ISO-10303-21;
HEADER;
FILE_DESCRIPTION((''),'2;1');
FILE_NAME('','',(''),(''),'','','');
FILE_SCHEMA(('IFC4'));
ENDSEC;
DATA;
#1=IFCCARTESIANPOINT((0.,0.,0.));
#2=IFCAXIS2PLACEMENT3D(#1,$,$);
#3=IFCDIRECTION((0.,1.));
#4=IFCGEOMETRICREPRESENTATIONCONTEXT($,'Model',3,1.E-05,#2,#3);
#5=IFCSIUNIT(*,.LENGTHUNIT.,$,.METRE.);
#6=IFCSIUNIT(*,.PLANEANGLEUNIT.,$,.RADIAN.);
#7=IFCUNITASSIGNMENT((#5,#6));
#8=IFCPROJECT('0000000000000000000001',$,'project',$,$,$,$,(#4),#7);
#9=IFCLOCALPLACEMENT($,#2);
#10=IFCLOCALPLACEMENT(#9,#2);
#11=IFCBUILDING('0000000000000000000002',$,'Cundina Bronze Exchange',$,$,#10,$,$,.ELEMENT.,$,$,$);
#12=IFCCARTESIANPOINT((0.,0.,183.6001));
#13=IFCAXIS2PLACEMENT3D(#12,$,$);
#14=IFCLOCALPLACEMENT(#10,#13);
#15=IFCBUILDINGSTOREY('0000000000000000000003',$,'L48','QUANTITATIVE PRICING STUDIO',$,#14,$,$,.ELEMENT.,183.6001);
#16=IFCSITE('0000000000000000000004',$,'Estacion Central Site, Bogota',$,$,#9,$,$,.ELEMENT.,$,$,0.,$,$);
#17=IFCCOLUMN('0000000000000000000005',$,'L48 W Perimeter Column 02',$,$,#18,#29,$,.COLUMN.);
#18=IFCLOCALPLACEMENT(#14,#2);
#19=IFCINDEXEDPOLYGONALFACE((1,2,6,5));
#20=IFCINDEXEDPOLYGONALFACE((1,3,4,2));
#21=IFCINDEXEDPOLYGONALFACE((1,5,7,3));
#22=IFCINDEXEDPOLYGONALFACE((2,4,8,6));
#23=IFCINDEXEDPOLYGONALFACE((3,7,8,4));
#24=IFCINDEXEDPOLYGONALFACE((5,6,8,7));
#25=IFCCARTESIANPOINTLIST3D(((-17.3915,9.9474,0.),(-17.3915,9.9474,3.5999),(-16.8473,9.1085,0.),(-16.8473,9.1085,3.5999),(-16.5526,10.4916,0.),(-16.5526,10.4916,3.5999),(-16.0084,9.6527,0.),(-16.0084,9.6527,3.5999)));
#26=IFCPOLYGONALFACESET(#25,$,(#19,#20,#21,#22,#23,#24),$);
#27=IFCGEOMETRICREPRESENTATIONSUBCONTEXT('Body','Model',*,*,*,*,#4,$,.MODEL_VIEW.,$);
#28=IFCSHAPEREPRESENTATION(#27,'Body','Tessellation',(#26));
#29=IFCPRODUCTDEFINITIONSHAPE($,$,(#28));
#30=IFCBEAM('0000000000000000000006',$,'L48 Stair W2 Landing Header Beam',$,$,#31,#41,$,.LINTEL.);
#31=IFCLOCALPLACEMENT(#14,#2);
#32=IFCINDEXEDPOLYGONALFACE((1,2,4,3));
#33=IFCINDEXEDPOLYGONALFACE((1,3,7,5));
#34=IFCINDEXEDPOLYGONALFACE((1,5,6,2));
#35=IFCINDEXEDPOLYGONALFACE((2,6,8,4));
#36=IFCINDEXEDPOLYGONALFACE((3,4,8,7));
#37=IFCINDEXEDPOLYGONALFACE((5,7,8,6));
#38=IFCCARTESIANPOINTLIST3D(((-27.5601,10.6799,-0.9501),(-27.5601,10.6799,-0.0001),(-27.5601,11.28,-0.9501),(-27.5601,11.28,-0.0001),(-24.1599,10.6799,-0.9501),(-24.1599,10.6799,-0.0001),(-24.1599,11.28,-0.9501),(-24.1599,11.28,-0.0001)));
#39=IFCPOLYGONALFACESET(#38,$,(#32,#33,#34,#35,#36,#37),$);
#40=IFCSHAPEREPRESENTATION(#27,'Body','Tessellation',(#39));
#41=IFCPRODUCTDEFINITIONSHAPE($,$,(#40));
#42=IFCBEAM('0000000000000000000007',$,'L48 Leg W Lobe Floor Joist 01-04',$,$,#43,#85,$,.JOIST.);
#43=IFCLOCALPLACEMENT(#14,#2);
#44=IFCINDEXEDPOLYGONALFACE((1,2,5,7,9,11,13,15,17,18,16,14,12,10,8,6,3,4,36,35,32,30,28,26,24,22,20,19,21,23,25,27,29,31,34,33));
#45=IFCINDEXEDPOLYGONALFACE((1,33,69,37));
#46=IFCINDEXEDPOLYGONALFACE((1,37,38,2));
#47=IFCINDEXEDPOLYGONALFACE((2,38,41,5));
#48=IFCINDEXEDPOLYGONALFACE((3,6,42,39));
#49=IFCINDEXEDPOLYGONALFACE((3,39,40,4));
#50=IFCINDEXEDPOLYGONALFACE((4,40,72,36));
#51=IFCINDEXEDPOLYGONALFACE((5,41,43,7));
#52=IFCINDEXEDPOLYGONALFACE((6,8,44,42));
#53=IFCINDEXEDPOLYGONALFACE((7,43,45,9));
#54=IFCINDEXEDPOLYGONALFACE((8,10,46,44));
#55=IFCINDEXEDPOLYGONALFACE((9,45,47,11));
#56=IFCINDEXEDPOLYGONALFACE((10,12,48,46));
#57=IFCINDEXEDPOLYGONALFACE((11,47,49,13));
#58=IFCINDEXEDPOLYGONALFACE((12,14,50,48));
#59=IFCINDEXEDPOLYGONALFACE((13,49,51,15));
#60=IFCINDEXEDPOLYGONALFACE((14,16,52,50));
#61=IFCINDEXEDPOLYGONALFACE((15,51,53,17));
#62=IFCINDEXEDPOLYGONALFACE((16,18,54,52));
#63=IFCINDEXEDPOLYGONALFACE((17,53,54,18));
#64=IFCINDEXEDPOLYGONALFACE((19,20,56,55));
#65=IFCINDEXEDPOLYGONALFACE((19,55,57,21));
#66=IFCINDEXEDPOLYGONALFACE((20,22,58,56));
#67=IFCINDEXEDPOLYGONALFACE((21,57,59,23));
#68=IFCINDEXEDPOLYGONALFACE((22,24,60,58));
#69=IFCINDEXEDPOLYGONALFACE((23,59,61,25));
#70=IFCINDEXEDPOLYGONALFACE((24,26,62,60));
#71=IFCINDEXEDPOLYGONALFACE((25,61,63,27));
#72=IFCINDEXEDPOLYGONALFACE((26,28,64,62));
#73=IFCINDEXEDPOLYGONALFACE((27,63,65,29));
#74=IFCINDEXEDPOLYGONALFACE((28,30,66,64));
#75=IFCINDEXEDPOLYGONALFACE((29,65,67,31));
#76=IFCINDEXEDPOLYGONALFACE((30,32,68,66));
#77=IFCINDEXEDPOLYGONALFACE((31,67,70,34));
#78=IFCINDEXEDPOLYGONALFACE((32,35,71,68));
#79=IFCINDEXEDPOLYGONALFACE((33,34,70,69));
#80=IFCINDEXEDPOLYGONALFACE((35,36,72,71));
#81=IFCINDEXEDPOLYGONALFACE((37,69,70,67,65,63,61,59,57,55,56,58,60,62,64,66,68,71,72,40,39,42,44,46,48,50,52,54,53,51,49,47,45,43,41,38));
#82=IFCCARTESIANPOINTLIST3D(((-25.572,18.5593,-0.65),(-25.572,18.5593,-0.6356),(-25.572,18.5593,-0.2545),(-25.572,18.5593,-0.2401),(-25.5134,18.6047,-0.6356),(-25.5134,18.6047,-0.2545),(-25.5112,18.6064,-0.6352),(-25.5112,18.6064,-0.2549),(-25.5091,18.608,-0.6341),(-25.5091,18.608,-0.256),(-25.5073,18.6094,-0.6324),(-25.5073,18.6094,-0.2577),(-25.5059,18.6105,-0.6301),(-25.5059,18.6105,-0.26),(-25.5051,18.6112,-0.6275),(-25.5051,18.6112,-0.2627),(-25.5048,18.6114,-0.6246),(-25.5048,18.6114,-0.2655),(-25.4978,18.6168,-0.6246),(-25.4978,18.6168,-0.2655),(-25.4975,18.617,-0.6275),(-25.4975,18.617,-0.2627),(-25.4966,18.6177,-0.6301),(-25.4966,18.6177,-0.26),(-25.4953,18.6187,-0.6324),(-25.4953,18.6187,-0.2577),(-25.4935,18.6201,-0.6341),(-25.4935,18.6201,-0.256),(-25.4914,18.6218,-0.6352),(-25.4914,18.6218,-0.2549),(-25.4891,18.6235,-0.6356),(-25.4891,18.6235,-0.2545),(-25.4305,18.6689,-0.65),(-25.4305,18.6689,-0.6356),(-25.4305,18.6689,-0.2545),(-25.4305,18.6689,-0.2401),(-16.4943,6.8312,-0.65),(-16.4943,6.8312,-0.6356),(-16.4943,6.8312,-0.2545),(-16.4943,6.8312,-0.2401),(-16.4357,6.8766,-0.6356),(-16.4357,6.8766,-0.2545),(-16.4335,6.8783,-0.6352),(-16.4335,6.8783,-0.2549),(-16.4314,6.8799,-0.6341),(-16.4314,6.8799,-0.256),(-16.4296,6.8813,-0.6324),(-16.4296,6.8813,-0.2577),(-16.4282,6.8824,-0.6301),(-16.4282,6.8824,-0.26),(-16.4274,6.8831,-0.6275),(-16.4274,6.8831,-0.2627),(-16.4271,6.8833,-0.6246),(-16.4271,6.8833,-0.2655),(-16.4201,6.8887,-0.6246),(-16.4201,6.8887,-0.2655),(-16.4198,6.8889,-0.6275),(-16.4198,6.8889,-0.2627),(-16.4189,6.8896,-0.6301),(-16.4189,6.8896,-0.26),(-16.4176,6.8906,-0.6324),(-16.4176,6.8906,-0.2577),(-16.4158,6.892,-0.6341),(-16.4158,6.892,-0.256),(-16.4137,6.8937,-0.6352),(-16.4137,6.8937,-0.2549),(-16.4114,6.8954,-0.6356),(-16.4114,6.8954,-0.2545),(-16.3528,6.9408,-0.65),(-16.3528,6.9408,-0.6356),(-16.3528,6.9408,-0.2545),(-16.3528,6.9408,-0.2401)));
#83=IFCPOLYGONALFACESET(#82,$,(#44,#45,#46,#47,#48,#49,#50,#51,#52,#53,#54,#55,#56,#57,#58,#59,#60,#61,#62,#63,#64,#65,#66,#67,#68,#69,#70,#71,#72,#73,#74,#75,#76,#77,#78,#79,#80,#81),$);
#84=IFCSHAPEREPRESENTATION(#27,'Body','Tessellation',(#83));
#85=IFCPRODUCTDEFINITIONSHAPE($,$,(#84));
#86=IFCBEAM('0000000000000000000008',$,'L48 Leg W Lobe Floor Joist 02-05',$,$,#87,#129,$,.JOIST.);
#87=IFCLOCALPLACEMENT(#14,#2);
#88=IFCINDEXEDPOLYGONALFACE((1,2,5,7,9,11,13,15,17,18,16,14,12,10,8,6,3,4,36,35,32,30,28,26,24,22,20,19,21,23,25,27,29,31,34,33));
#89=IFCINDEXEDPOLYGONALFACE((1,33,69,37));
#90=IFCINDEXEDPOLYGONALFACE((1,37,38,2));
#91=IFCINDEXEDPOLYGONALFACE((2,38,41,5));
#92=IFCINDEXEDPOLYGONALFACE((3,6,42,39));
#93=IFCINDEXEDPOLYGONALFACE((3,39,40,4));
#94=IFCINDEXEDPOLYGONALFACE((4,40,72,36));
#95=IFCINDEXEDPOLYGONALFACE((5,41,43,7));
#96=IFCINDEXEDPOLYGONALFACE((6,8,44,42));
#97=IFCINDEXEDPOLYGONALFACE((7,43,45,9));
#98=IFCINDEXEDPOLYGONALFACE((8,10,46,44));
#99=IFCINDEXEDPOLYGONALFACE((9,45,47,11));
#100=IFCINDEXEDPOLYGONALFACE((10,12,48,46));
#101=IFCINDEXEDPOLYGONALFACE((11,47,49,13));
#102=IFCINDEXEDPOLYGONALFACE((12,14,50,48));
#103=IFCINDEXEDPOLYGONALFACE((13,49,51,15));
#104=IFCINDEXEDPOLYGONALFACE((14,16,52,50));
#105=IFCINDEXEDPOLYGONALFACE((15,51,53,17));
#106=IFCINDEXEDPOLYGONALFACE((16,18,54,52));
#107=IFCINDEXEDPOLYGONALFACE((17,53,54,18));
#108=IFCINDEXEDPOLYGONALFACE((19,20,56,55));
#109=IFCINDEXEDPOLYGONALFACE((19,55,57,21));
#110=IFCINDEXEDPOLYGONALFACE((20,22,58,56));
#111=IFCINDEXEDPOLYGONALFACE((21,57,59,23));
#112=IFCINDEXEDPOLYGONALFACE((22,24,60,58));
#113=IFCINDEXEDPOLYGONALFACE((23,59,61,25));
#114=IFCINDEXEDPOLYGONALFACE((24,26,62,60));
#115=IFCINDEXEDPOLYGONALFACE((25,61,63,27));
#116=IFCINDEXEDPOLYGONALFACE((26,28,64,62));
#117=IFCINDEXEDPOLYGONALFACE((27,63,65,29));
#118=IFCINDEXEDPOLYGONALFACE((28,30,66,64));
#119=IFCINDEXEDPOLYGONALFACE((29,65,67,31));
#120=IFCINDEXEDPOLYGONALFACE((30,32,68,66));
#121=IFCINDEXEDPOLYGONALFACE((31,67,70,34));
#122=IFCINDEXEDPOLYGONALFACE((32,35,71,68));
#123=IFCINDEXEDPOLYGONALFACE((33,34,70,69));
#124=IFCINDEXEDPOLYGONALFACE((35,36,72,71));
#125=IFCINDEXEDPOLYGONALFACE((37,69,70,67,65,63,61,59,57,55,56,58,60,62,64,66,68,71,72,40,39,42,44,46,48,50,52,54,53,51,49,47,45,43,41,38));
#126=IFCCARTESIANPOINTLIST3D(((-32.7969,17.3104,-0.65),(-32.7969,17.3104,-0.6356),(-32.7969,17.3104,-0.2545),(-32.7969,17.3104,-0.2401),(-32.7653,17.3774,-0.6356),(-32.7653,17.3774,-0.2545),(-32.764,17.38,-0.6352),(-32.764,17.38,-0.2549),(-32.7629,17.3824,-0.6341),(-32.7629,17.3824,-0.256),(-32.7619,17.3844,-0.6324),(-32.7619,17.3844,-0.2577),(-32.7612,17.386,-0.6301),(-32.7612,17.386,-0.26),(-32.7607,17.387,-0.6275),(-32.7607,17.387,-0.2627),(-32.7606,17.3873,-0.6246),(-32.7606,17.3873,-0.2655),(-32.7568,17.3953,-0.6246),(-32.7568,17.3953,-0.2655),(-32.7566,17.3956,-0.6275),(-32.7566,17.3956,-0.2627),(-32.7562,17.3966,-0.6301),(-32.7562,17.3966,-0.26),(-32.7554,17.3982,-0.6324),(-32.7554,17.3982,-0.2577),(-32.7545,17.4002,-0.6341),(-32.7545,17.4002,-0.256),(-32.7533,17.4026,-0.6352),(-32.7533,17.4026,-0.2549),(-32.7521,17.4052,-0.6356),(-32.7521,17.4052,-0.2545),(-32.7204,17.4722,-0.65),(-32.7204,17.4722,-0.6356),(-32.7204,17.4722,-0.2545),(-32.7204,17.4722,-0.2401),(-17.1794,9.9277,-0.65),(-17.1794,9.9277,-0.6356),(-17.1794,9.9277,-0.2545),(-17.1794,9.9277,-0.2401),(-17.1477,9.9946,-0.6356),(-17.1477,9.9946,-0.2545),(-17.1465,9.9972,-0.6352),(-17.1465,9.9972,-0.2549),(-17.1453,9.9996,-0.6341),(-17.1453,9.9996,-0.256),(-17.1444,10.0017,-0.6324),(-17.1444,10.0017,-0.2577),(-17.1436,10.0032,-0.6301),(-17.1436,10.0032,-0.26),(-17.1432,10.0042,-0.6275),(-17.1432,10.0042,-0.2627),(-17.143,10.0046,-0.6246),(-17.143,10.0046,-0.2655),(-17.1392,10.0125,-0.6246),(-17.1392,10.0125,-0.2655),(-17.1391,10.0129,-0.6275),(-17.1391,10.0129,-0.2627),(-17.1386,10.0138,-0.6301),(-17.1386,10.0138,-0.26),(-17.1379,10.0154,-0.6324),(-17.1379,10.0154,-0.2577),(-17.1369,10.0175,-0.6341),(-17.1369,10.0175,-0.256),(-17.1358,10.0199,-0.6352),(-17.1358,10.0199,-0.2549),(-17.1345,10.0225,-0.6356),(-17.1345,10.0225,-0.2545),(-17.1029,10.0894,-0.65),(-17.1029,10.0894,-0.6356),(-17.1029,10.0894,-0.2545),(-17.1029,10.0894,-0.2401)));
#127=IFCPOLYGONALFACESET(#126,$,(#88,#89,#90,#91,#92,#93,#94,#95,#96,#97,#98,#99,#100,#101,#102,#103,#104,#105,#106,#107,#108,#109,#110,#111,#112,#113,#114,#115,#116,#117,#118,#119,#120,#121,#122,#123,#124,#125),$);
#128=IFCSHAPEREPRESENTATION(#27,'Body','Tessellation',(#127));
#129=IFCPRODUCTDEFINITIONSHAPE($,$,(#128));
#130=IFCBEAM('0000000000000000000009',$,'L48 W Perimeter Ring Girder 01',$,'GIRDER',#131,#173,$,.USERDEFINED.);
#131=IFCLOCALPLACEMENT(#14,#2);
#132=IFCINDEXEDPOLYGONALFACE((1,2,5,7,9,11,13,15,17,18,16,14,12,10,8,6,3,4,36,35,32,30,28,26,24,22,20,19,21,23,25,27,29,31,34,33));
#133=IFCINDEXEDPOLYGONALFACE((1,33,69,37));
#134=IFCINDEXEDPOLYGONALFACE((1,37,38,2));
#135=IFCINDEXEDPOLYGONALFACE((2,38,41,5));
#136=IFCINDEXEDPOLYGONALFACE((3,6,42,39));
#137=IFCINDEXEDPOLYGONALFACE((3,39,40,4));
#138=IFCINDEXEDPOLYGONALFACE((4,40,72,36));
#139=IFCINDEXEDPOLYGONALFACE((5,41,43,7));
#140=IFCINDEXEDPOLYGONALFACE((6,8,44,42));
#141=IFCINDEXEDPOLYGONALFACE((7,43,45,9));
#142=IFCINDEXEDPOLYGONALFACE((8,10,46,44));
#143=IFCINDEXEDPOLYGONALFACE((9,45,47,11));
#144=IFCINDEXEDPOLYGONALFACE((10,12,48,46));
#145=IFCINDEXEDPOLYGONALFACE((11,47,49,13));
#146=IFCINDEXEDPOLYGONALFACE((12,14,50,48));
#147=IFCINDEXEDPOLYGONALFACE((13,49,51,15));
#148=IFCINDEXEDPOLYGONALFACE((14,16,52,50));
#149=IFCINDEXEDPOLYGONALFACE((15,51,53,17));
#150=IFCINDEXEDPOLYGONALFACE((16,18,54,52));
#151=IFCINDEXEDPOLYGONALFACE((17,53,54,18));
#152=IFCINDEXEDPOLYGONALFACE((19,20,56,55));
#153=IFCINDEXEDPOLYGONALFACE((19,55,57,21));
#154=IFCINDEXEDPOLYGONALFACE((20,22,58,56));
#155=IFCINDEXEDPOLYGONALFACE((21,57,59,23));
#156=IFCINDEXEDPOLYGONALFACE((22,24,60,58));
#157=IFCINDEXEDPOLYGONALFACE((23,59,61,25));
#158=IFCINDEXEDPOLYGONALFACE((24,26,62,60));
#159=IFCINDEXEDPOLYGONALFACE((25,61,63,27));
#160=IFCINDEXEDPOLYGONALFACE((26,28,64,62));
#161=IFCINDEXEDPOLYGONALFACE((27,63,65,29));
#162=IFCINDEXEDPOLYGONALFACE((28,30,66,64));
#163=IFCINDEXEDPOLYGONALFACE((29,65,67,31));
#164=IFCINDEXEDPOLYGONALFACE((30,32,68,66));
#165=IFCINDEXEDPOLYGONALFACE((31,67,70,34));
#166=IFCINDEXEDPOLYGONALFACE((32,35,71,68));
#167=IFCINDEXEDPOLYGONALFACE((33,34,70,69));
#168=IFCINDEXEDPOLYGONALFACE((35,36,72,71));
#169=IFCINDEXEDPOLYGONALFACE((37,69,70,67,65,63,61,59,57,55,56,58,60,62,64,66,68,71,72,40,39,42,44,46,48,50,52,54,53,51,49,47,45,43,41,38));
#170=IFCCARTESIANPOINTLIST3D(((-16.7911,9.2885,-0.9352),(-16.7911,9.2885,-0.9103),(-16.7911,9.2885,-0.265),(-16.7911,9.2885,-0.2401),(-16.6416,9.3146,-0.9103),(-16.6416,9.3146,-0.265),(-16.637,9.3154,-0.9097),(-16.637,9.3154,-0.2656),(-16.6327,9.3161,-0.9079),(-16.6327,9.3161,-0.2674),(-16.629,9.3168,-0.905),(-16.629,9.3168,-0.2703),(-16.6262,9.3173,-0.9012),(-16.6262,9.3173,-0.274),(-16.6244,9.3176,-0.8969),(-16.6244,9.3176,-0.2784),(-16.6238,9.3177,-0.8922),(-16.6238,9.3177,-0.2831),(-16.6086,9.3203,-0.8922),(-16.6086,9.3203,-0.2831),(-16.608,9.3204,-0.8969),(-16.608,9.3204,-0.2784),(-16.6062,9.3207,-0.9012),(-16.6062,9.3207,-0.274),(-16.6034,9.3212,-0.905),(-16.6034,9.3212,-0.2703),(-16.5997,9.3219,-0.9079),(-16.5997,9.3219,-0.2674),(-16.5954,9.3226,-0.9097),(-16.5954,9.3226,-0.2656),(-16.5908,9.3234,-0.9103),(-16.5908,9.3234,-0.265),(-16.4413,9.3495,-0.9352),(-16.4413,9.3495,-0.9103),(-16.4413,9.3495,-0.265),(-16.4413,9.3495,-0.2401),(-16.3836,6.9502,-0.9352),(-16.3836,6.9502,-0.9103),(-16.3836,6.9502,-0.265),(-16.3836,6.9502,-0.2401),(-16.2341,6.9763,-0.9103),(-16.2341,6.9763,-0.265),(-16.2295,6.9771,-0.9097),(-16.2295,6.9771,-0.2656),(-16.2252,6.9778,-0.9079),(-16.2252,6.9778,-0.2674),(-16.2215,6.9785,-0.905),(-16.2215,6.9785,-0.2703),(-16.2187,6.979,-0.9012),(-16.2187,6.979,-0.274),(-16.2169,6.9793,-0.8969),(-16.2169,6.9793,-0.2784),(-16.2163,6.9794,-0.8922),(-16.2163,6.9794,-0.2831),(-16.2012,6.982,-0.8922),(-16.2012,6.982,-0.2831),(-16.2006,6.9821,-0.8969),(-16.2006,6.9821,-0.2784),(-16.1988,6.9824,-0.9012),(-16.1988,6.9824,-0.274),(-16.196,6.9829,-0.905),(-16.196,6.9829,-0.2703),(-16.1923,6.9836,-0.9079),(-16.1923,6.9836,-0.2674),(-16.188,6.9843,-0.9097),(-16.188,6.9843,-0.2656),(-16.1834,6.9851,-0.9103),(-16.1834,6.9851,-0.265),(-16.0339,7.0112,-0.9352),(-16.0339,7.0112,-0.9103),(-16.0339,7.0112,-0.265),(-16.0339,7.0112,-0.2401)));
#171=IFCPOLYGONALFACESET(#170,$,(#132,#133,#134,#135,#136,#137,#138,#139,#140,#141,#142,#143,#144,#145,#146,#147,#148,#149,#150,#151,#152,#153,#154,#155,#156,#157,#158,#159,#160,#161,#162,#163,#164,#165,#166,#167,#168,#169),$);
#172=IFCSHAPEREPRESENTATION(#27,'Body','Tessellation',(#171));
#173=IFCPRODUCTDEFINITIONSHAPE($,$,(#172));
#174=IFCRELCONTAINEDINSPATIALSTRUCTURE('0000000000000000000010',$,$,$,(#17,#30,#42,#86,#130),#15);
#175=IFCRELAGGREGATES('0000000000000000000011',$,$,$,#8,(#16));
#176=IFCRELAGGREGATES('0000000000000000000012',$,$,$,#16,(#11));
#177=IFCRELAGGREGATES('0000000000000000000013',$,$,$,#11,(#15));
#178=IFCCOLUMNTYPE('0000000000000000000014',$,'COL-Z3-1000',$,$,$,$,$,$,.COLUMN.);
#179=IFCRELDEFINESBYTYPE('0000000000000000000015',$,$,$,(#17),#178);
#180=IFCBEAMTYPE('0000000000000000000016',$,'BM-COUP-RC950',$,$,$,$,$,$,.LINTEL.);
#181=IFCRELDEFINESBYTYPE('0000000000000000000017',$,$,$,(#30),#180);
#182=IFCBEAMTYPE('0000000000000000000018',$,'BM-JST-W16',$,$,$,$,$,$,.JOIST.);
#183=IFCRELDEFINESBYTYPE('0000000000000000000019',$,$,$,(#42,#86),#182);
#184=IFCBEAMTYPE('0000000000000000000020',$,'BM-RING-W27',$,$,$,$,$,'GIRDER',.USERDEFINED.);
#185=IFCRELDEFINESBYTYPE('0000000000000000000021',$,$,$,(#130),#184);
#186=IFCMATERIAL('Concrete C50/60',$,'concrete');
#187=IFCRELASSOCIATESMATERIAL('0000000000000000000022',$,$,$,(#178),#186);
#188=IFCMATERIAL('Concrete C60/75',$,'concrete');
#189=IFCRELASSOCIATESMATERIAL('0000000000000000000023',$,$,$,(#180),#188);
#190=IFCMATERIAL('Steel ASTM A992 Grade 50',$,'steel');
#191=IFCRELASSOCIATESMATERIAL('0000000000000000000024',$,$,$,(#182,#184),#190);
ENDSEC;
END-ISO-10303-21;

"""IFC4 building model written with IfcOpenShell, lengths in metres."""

from ifc_helpers import new_model, si_unit, direction, frame, origin, origin_2d, place, context, subcontext, project, spatial, rectangle, i_section, extrude, material, material_profile, profile_set, type_object, element, save


model = new_model("IFC4")

# Units and contexts
model_context = context("Model", 3, precision=1e-05, world=origin(), true_north=direction((0.0, 1.0)))
body_context = subcontext(model_context, "Body", "Model", "MODEL_VIEW")
ifc_project = project(units=[si_unit("LENGTHUNIT", "METRE"), si_unit("PLANEANGLEUNIT", "RADIAN")], contexts=[model_context])

# Site, building, storey
site_placement = place(None, origin())
site = spatial("IfcSite", under=ifc_project, at=site_placement, Name="Estacion Central Site, Bogota", CompositionType="ELEMENT", RefElevation=0.0)
building_placement = place(site_placement, origin())
building = spatial("IfcBuilding", under=site, at=building_placement, Name="Cundina Bronze Exchange", CompositionType="ELEMENT")
storey_placement = place(building_placement, frame((0.0, 0.0, 183.6001)))
storey = spatial("IfcBuildingStorey", under=building, at=storey_placement, Name="L48", Description="QUANTITATIVE PRICING STUDIO", CompositionType="ELEMENT", Elevation=183.6001)

# Column
ifc_material_1 = material(Name="Concrete C50/60", Category="concrete")
ifc_material_profile_1 = material_profile(ifc_material_1, rectangle(XDim=1.0, YDim=1.0, at=origin_2d()), Name="RC1000X1000", Category="concrete")
ifc_profile_set_1 = profile_set([ifc_material_profile_1], Name="Concrete C50/60")
column_type = type_object("IfcColumnType", Name="COL-Z3-1000", PredefinedType="COLUMN", material=ifc_profile_set_1)
column_placement = place(storey_placement, frame((-16.7, 9.8, 0.0), z_axis=(0.0, 0.0, 1.0), x_axis=(-0.5442, 0.838956, 0.0)))
element("IfcColumn", 1, at=column_placement, inside=storey, type_object=column_type, Name="L48 W Perimeter Column 02", PredefinedType="COLUMN", context=body_context, shape_type="SweptSolid", body=[
    extrude(rectangle(XDim=1.0, YDim=1.0, at=origin_2d()), origin(), (0.0, 0.0, 1.0), 3.5999),
])

# Beams
ifc_material_2 = material(Name="Concrete C60/75", Category="concrete")
ifc_material_profile_2 = material_profile(ifc_material_2, rectangle(XDim=0.6001, YDim=0.95, at=origin_2d()), Name="RC600X950", Category="concrete")
ifc_profile_set_2 = profile_set([ifc_material_profile_2], Name="Concrete C60/75")
beam_type_1 = type_object("IfcBeamType", Name="BM-COUP-RC950", PredefinedType="LINTEL", material=ifc_profile_set_2)
beam_1_placement = place(storey_placement, frame((-27.5601, 10.98, -0.4751), z_axis=(1.0, 0.0, 0.0), x_axis=(0.0, 1.0, 0.0)))
element("IfcBeam", 2, at=beam_1_placement, inside=storey, type_object=beam_type_1, Name="L48 Stair W2 Landing Header Beam", PredefinedType="LINTEL", context=body_context, shape_type="SweptSolid", body=[
    extrude(rectangle(XDim=0.6001, YDim=0.95, at=origin_2d()), origin(), (0.0, 0.0, 1.0), 3.4001),
])
ifc_material_3 = material(Name="Steel ASTM A992 Grade 50", Category="steel")
ifc_material_profile_3 = material_profile(ifc_material_3, i_section(OverallWidth=0.179, OverallDepth=0.4099, WebThickness=0.0088, FlangeThickness=0.0144, FilletRadius=0.011, at=origin_2d()), Name="W16X45", Category="steel")
ifc_profile_set_3 = profile_set([ifc_material_profile_3], Name="Steel ASTM A992 Grade 50")
beam_type_2 = type_object("IfcBeamType", Name="BM-JST-W16", PredefinedType="JOIST", material=ifc_profile_set_3)
beam_2_placement = place(storey_placement, frame((-16.4236, 6.886, -0.4451), z_axis=(-0.612084, 0.790793, 0.0), x_axis=(-0.790793, -0.612084, 0.0)))
element("IfcBeam", 3, at=beam_2_placement, inside=storey, type_object=beam_type_2, Name="L48 Leg W Lobe Floor Joist 01-04", PredefinedType="JOIST", context=body_context, shape_type="SweptSolid", body=[
    extrude(i_section(OverallWidth=0.179, OverallDepth=0.4099, WebThickness=0.0088, FlangeThickness=0.0144, FilletRadius=0.011, at=origin_2d()), origin(), (0.0, 0.0, 1.0), 14.8308),
])
beam_3_placement = place(storey_placement, frame((-17.1411, 10.0085, -0.4451), z_axis=(-0.904074, 0.427375, 0.0), x_axis=(-0.427375, -0.904074, 0.0)))
element("IfcBeam", 4, at=beam_3_placement, inside=storey, type_object=beam_type_2, Name="L48 Leg W Lobe Floor Joist 02-05", PredefinedType="JOIST", context=body_context, shape_type="SweptSolid", body=[
    extrude(i_section(OverallWidth=0.179, OverallDepth=0.4099, WebThickness=0.0088, FlangeThickness=0.0144, FilletRadius=0.011, at=origin_2d()), origin(), (0.0, 0.0, 1.0), 17.2747),
])
ifc_material_profile_4 = material_profile(ifc_material_3, i_section(OverallWidth=0.355, OverallDepth=0.6951, WebThickness=0.0154, FlangeThickness=0.0249, FilletRadius=0.0181, at=origin_2d()), Name="W27X146", Category="steel")
ifc_profile_set_4 = profile_set([ifc_material_profile_4], Name="Steel ASTM A992 Grade 50")
beam_type_3 = type_object("IfcBeamType", Name="BM-RING-W27", ElementType="GIRDER", PredefinedType="USERDEFINED", material=ifc_profile_set_4)
beam_4_placement = place(storey_placement, frame((-16.2087, 6.9807, -0.5876), z_axis=(-0.171667, 0.985155, 0.0), x_axis=(-0.985155, -0.171667, 0.0)))
element("IfcBeam", 5, at=beam_4_placement, inside=storey, type_object=beam_type_3, Name="L48 W Perimeter Ring Girder 01", ObjectType="GIRDER", PredefinedType="USERDEFINED", context=body_context, shape_type="SweptSolid", body=[
    extrude(i_section(OverallWidth=0.355, OverallDepth=0.6951, WebThickness=0.0154, FlangeThickness=0.0249, FilletRadius=0.0181, at=origin_2d()), origin(), (0.0, 0.0, 1.0), 2.3735),
])

save(model, "model.ifc")
